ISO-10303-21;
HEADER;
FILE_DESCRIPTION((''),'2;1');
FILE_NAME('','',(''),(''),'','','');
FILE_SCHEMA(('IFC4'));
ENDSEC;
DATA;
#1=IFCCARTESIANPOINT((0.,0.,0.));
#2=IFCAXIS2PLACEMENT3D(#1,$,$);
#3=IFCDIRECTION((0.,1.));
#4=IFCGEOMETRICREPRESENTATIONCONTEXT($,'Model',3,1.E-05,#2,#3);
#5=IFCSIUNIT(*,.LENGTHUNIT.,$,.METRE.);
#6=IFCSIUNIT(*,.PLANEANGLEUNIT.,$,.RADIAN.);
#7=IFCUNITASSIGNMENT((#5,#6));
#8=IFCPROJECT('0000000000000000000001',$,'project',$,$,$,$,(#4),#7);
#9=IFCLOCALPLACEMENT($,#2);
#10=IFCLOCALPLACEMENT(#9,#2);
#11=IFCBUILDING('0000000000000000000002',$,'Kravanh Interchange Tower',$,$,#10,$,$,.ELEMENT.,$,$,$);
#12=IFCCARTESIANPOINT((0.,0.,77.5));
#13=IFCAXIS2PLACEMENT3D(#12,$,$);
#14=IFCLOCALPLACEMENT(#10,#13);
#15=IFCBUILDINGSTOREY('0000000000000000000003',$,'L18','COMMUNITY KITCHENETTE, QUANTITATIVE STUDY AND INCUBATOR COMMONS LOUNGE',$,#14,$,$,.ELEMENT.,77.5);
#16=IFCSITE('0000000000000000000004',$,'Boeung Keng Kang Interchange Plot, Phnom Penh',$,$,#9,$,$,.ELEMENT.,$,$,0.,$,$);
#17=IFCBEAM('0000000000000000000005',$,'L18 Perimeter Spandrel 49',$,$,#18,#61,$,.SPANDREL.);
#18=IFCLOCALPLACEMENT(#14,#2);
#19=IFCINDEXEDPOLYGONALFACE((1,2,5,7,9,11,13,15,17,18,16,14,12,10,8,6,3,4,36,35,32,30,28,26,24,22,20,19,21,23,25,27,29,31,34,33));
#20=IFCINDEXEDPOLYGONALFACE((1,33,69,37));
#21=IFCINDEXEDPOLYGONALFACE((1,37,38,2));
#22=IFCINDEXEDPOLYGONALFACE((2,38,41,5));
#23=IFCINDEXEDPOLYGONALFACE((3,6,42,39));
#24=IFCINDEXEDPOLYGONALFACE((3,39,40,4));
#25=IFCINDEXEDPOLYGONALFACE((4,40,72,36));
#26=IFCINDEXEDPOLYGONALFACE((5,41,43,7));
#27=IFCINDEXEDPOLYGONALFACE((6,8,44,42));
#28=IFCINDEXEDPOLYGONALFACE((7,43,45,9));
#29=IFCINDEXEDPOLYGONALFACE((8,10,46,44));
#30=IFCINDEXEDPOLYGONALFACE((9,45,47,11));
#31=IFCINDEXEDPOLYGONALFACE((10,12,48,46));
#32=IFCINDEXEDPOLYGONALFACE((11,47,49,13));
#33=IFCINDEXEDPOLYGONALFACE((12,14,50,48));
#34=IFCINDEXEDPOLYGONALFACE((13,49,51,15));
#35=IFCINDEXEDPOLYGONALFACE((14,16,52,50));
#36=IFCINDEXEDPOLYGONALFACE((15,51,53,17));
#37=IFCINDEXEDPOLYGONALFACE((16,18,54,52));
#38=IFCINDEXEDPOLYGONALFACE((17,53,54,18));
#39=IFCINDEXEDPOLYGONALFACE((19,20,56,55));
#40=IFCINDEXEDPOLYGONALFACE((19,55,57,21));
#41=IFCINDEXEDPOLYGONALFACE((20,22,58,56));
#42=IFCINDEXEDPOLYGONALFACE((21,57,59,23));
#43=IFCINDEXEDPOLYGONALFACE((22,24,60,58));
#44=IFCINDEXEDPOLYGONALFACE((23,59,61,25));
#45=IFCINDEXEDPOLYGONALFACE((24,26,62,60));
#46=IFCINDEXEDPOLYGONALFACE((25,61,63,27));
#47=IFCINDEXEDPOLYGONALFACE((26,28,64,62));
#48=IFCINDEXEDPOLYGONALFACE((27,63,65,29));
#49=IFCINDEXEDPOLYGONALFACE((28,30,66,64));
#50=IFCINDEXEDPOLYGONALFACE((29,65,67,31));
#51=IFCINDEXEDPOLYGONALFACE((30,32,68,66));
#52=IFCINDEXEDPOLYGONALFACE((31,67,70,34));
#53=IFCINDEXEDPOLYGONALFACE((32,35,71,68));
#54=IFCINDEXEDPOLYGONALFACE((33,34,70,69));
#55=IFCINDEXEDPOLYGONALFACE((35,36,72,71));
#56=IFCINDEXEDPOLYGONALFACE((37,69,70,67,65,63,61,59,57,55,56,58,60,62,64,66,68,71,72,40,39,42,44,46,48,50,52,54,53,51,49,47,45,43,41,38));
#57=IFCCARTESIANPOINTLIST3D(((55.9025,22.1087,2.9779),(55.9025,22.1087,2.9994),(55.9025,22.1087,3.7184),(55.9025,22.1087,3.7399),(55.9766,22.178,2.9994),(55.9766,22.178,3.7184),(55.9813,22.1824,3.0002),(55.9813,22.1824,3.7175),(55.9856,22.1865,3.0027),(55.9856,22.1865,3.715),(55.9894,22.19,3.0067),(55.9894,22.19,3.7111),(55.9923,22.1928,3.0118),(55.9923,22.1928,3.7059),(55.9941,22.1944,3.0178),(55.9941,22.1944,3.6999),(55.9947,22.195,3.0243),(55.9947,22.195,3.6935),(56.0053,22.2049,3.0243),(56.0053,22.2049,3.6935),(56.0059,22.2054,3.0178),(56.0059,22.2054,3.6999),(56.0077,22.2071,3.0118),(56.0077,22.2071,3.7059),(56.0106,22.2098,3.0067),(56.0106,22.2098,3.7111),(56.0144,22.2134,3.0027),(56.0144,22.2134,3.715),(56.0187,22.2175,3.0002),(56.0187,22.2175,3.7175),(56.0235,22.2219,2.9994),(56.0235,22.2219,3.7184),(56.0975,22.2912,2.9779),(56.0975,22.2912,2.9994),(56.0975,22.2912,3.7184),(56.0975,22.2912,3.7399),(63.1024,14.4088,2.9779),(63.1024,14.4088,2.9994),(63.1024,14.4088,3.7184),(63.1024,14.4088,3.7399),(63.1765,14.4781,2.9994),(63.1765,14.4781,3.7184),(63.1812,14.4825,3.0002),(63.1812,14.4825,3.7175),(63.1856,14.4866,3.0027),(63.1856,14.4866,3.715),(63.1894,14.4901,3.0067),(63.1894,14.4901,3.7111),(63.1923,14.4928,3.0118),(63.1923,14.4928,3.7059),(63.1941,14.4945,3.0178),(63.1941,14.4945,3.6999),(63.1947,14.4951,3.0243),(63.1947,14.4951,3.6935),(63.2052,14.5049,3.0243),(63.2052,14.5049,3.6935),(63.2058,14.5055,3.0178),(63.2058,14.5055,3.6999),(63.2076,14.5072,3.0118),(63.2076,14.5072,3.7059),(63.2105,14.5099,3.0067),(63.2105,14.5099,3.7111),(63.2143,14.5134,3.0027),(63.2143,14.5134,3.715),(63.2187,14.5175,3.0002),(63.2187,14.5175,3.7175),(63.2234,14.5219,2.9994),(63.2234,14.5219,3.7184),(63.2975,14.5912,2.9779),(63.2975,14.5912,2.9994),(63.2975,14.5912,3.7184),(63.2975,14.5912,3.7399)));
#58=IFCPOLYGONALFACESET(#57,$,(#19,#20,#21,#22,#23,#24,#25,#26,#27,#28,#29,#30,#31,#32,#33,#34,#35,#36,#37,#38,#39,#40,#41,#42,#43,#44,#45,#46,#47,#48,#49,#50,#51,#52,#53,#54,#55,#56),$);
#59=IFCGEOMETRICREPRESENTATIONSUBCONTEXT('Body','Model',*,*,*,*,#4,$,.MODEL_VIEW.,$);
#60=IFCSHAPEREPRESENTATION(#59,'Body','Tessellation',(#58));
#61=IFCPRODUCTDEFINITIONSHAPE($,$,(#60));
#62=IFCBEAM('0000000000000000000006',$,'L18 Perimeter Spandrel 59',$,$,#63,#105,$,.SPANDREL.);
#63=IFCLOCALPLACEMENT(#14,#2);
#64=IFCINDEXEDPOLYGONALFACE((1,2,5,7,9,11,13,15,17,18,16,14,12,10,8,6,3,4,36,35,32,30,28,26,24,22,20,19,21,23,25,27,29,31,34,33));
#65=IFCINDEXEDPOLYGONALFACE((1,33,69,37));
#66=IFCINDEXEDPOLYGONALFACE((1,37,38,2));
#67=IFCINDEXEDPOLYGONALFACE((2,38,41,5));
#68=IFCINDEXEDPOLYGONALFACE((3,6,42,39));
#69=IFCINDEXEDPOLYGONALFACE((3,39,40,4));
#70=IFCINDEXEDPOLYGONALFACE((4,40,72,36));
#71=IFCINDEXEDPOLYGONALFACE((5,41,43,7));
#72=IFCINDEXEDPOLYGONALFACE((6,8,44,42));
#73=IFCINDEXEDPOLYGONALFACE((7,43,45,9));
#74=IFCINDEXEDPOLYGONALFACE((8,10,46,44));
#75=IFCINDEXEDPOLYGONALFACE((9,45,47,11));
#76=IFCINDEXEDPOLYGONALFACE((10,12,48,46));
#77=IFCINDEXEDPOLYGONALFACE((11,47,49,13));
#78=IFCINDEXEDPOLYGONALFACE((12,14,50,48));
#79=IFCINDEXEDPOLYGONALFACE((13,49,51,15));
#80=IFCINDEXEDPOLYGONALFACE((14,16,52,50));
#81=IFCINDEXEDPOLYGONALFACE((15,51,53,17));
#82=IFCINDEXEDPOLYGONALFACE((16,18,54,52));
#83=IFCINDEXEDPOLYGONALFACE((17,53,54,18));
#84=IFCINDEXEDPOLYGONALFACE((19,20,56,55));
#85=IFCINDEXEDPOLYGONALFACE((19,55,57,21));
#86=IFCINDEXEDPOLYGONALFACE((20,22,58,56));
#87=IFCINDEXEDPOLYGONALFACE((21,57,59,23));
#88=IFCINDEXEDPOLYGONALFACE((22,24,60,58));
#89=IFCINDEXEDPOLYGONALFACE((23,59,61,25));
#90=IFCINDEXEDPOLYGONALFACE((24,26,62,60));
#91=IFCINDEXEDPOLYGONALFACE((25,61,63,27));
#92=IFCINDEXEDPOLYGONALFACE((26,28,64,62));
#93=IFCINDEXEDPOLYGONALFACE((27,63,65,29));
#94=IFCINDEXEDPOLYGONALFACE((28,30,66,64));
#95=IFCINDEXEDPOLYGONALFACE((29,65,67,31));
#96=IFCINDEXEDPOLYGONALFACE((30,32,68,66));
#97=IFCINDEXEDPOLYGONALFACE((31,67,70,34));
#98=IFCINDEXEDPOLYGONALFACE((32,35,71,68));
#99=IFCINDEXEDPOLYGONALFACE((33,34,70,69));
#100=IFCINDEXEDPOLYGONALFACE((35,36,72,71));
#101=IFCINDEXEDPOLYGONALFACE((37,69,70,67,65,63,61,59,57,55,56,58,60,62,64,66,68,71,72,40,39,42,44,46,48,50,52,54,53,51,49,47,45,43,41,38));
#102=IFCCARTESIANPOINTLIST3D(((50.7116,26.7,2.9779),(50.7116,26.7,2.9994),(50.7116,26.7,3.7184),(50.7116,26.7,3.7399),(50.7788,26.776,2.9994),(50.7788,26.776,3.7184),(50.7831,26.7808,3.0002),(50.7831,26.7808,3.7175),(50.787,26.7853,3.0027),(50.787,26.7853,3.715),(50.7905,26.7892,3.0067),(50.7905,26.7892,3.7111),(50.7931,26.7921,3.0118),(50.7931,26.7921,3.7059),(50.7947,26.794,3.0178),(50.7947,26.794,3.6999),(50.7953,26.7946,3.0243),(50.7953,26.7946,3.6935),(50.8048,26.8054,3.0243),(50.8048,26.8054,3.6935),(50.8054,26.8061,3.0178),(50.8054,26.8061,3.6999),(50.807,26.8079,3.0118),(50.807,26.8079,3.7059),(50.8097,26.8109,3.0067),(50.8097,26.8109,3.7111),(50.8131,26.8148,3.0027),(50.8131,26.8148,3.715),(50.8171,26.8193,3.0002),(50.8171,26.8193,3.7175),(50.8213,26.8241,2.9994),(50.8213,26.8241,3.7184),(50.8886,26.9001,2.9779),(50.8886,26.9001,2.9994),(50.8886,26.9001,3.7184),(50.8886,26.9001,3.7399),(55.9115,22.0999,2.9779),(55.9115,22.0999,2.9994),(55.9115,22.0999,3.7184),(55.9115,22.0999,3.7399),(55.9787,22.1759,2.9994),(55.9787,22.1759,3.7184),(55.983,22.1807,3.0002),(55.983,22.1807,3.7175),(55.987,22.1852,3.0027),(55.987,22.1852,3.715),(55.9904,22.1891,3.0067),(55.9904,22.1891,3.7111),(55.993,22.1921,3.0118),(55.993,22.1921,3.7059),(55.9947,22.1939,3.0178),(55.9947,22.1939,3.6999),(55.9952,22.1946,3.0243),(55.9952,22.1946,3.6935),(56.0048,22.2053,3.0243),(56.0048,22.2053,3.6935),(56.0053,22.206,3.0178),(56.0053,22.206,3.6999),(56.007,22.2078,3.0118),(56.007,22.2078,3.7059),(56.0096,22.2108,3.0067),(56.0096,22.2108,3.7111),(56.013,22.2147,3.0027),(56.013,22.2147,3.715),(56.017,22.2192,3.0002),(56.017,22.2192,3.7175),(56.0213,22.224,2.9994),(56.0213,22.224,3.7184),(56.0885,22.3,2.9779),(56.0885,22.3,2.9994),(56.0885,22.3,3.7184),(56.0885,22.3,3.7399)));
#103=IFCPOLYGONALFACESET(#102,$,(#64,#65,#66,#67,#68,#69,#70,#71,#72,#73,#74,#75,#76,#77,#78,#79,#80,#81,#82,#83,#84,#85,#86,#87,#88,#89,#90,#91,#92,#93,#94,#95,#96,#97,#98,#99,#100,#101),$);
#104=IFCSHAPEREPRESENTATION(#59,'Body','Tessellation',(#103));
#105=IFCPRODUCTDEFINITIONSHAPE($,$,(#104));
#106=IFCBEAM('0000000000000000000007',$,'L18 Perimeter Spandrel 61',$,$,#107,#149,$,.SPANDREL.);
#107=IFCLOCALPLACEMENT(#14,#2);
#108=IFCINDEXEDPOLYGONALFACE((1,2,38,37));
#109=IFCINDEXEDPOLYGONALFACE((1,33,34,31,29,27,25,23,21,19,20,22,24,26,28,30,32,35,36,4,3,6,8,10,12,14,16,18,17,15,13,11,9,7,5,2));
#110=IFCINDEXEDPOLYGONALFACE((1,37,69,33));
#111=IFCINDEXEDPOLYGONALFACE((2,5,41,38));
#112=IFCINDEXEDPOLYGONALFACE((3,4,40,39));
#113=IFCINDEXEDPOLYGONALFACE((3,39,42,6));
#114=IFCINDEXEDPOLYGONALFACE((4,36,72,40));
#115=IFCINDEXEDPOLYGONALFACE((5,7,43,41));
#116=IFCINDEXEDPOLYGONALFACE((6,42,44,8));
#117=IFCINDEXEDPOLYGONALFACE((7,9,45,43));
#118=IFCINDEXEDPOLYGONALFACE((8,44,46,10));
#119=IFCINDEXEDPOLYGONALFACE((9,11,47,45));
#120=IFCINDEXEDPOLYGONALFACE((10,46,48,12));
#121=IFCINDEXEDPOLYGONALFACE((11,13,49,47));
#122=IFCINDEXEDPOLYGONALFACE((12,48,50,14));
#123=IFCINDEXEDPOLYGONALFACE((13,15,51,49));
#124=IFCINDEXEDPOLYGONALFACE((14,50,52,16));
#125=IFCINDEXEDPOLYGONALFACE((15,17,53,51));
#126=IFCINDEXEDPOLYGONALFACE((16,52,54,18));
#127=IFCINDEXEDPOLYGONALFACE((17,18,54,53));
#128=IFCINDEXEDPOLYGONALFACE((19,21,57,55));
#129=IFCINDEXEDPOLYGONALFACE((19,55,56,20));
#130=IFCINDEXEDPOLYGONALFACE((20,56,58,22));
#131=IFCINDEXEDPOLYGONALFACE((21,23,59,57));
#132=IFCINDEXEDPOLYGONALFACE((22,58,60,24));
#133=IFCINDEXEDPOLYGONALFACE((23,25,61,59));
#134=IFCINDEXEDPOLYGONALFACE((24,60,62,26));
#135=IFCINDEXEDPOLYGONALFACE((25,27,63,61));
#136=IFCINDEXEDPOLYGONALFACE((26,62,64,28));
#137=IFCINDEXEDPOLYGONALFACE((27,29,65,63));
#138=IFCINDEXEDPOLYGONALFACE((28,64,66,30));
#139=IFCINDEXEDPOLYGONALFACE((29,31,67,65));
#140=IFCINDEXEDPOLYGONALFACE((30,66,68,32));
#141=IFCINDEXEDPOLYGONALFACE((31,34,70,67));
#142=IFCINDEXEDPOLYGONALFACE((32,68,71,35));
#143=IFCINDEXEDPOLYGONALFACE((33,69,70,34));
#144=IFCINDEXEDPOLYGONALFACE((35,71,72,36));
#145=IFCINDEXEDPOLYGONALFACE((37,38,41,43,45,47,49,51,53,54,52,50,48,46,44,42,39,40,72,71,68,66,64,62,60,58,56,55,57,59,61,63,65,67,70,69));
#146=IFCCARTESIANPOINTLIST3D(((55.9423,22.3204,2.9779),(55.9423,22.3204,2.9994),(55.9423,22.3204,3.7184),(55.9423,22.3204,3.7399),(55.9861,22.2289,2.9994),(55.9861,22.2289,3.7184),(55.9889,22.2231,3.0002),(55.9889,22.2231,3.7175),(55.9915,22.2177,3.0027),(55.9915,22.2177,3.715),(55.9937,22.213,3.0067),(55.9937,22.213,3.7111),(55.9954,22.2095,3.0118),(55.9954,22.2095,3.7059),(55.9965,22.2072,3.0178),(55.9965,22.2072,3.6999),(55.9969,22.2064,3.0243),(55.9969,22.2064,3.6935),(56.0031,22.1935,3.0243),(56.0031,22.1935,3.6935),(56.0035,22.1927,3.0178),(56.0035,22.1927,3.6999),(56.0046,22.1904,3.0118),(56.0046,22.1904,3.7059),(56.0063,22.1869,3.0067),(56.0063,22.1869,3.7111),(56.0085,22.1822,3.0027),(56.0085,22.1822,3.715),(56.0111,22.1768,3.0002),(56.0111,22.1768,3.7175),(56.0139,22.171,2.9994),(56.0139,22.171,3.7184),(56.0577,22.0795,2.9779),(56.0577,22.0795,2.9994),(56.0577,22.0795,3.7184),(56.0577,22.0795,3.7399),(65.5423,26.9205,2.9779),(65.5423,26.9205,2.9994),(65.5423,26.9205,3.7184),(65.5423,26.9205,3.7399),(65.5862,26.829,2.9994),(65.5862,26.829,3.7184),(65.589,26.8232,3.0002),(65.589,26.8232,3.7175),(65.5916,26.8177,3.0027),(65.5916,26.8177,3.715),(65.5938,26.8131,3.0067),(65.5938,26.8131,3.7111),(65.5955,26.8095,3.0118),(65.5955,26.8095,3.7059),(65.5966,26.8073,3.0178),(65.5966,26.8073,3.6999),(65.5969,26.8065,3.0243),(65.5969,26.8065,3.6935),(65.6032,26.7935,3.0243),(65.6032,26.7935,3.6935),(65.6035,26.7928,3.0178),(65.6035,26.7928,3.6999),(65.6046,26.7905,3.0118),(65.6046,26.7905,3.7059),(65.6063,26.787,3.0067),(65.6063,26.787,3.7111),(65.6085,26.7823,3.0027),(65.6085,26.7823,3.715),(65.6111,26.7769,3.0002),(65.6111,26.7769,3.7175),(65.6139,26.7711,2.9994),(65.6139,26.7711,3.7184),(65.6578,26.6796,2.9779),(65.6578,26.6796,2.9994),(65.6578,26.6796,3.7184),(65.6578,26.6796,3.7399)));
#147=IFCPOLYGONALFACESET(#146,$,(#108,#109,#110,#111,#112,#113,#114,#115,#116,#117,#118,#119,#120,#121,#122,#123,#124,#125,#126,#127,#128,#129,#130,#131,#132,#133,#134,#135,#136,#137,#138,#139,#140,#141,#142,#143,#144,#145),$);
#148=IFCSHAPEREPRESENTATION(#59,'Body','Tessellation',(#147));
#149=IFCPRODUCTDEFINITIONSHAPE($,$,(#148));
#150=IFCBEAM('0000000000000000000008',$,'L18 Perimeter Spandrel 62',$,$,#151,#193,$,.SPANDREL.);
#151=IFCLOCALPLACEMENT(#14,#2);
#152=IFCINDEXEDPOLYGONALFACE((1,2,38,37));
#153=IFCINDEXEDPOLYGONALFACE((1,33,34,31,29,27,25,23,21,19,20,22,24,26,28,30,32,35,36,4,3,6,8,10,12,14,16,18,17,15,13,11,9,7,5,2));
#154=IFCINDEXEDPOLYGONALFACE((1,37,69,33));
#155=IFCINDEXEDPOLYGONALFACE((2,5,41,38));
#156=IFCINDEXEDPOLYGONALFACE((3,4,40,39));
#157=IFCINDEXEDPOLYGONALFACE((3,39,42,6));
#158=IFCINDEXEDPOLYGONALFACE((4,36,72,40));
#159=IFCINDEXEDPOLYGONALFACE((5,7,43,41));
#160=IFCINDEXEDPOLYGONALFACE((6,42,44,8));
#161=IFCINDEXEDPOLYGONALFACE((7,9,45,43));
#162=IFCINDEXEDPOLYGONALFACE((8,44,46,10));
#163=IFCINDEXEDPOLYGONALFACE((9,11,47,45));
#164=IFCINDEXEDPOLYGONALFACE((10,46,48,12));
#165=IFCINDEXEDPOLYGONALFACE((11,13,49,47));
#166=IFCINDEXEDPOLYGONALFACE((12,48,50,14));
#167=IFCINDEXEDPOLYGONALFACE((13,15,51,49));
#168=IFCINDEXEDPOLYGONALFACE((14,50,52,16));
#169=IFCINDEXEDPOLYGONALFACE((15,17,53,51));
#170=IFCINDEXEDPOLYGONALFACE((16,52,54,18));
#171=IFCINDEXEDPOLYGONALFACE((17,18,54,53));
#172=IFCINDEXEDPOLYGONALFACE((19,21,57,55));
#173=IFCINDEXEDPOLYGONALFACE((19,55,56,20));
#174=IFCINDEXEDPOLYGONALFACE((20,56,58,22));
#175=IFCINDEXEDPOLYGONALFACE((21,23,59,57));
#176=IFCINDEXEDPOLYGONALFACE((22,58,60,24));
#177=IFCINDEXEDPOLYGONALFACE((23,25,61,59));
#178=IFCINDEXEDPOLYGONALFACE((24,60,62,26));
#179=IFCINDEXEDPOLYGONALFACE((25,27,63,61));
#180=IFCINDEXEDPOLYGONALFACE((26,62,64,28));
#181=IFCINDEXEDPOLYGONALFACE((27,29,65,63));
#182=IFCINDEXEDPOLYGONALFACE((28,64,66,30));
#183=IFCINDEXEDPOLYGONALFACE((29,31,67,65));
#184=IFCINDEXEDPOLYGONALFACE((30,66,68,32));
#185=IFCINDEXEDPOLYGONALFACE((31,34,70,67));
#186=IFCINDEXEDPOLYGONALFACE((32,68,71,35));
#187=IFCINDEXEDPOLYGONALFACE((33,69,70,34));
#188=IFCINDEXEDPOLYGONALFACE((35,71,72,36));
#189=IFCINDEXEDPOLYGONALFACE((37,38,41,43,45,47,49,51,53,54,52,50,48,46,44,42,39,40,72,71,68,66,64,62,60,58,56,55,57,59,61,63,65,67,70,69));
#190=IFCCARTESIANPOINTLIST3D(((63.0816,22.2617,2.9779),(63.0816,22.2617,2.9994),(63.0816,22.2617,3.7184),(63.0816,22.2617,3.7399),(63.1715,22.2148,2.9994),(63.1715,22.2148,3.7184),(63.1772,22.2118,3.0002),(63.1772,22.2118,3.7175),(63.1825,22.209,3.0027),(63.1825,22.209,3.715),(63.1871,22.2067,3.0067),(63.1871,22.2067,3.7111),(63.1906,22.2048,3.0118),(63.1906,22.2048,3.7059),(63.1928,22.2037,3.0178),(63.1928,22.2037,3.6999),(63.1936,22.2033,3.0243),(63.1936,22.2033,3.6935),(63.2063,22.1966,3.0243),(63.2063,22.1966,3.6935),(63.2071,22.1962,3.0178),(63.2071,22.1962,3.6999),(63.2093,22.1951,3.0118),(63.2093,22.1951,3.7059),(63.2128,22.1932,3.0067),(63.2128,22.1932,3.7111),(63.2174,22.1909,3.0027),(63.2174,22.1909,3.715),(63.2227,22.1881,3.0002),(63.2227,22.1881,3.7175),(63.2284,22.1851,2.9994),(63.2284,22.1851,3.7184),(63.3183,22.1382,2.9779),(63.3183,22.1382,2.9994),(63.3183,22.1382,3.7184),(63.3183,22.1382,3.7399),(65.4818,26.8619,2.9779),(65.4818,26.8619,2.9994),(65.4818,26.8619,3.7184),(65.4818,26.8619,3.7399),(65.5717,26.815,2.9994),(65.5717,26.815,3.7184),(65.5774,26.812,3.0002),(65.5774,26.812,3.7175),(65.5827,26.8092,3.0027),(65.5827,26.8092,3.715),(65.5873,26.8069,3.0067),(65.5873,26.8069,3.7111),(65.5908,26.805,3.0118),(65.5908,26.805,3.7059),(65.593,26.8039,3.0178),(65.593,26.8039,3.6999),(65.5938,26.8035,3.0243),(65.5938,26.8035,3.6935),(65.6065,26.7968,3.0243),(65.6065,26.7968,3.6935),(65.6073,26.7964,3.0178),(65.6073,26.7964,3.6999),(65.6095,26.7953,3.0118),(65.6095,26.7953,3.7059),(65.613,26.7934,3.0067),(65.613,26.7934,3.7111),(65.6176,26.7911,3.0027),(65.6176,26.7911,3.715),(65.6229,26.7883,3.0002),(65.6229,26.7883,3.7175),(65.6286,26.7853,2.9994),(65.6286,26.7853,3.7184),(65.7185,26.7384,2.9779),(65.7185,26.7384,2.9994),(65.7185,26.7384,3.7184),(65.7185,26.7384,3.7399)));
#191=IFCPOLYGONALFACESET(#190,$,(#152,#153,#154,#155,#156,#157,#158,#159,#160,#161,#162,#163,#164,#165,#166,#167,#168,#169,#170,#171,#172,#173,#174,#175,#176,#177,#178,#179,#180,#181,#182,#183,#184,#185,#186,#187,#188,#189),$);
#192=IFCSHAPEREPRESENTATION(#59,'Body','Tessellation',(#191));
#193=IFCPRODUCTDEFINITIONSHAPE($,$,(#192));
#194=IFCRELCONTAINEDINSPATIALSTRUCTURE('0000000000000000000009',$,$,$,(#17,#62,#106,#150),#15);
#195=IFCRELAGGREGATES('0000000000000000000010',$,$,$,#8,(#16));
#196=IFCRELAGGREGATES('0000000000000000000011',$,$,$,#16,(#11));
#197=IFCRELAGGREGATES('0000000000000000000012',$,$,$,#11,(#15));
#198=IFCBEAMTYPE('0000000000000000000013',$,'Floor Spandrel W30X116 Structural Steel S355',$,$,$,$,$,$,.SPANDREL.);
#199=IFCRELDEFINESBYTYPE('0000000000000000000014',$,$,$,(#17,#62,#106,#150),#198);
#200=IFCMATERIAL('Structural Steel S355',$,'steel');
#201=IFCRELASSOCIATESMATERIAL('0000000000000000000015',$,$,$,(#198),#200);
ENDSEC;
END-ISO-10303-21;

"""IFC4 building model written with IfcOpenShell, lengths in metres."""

from ifc_helpers import new_model, si_unit, direction, frame, origin, origin_2d, place, context, subcontext, project, spatial, i_section, extrude, material, material_profile, profile_set, type_object, element, save


model = new_model("IFC4")

# Units and contexts
model_context = context("Model", 3, precision=1e-05, world=origin(), true_north=direction((0.0, 1.0)))
body_context = subcontext(model_context, "Body", "Model", "MODEL_VIEW")
ifc_project = project(units=[si_unit("LENGTHUNIT", "METRE"), si_unit("PLANEANGLEUNIT", "RADIAN")], contexts=[model_context])

# Site, building, storey
site_placement = place(None, origin())
site = spatial("IfcSite", under=ifc_project, at=site_placement, Name="Boeung Keng Kang Interchange Plot, Phnom Penh", CompositionType="ELEMENT", RefElevation=0.0)
building_placement = place(site_placement, origin())
building = spatial("IfcBuilding", under=site, at=building_placement, Name="Kravanh Interchange Tower", CompositionType="ELEMENT")
storey_placement = place(building_placement, frame((0.0, 0.0, 77.5)))
storey = spatial("IfcBuildingStorey", under=building, at=storey_placement, Name="L18", Description="COMMUNITY KITCHENETTE, QUANTITATIVE STUDY AND INCUBATOR COMMONS LOUNGE", CompositionType="ELEMENT", Elevation=77.5)

# Beams
ifc_material_1 = material(Name="Structural Steel S355", Category="steel")
ifc_material_profile_1 = material_profile(ifc_material_1, i_section(OverallWidth=0.2671, OverallDepth=0.762, WebThickness=0.0144, FlangeThickness=0.0215, FilletRadius=0.0249, at=origin_2d()), Name="W30X116")
ifc_profile_set_1 = profile_set([ifc_material_profile_1], Name="Structural Steel S355")
beam_type_1 = type_object("IfcBeamType", Name="Floor Spandrel W30X116 Structural Steel S355", PredefinedType="SPANDREL", material=ifc_profile_set_1)
beam_1_placement = place(storey_placement, frame((63.2, 14.5, 3.3589), z_axis=(-0.682994, 0.730424, 0.0), x_axis=(-0.730424, -0.682994, 0.0)))
element("IfcBeam", 1, at=beam_1_placement, inside=storey, type_object=beam_type_1, Name="L18 Perimeter Spandrel 49", PredefinedType="SPANDREL", context=body_context, shape_type="SweptSolid", body=[
    extrude(i_section(OverallWidth=0.2671, OverallDepth=0.762, WebThickness=0.0144, FlangeThickness=0.0215, FilletRadius=0.0249, at=origin_2d()), origin(), (0.0, 0.0, 1.0), 10.5417),
])
beam_2_placement = place(storey_placement, frame((56.0, 22.2, 3.3589), z_axis=(-0.748986, 0.662585, 0.0), x_axis=(-0.662585, -0.748986, 0.0)))
element("IfcBeam", 2, at=beam_2_placement, inside=storey, type_object=beam_type_1, Name="L18 Perimeter Spandrel 59", PredefinedType="SPANDREL", context=body_context, shape_type="SweptSolid", body=[
    extrude(i_section(OverallWidth=0.2671, OverallDepth=0.762, WebThickness=0.0144, FlangeThickness=0.0215, FilletRadius=0.0249, at=origin_2d()), origin(), (0.0, 0.0, 1.0), 6.9426),
])
beam_3_placement = place(storey_placement, frame((56.0, 22.2, 3.3589), z_axis=(0.901814, 0.432124, 0.0), x_axis=(-0.432124, 0.901814, 0.0)))
element("IfcBeam", 3, at=beam_3_placement, inside=storey, type_object=beam_type_1, Name="L18 Perimeter Spandrel 61", PredefinedType="SPANDREL", context=body_context, shape_type="SweptSolid", body=[
    extrude(i_section(OverallWidth=0.2671, OverallDepth=0.762, WebThickness=0.0144, FlangeThickness=0.0215, FilletRadius=0.0249, at=origin_2d()), origin(), (0.0, 0.0, 1.0), 10.6453),
])
beam_4_placement = place(storey_placement, frame((63.2, 22.2, 3.3589), z_axis=(0.46258, 0.886577, 0.0), x_axis=(-0.886577, 0.46258, 0.0)))
element("IfcBeam", 4, at=beam_4_placement, inside=storey, type_object=beam_type_1, Name="L18 Perimeter Spandrel 62", PredefinedType="SPANDREL", context=body_context, shape_type="SweptSolid", body=[
    extrude(i_section(OverallWidth=0.2671, OverallDepth=0.762, WebThickness=0.0144, FlangeThickness=0.0215, FilletRadius=0.0249, at=origin_2d()), origin(), (0.0, 0.0, 1.0), 5.1887),
])

save(model, "model.ifc")
